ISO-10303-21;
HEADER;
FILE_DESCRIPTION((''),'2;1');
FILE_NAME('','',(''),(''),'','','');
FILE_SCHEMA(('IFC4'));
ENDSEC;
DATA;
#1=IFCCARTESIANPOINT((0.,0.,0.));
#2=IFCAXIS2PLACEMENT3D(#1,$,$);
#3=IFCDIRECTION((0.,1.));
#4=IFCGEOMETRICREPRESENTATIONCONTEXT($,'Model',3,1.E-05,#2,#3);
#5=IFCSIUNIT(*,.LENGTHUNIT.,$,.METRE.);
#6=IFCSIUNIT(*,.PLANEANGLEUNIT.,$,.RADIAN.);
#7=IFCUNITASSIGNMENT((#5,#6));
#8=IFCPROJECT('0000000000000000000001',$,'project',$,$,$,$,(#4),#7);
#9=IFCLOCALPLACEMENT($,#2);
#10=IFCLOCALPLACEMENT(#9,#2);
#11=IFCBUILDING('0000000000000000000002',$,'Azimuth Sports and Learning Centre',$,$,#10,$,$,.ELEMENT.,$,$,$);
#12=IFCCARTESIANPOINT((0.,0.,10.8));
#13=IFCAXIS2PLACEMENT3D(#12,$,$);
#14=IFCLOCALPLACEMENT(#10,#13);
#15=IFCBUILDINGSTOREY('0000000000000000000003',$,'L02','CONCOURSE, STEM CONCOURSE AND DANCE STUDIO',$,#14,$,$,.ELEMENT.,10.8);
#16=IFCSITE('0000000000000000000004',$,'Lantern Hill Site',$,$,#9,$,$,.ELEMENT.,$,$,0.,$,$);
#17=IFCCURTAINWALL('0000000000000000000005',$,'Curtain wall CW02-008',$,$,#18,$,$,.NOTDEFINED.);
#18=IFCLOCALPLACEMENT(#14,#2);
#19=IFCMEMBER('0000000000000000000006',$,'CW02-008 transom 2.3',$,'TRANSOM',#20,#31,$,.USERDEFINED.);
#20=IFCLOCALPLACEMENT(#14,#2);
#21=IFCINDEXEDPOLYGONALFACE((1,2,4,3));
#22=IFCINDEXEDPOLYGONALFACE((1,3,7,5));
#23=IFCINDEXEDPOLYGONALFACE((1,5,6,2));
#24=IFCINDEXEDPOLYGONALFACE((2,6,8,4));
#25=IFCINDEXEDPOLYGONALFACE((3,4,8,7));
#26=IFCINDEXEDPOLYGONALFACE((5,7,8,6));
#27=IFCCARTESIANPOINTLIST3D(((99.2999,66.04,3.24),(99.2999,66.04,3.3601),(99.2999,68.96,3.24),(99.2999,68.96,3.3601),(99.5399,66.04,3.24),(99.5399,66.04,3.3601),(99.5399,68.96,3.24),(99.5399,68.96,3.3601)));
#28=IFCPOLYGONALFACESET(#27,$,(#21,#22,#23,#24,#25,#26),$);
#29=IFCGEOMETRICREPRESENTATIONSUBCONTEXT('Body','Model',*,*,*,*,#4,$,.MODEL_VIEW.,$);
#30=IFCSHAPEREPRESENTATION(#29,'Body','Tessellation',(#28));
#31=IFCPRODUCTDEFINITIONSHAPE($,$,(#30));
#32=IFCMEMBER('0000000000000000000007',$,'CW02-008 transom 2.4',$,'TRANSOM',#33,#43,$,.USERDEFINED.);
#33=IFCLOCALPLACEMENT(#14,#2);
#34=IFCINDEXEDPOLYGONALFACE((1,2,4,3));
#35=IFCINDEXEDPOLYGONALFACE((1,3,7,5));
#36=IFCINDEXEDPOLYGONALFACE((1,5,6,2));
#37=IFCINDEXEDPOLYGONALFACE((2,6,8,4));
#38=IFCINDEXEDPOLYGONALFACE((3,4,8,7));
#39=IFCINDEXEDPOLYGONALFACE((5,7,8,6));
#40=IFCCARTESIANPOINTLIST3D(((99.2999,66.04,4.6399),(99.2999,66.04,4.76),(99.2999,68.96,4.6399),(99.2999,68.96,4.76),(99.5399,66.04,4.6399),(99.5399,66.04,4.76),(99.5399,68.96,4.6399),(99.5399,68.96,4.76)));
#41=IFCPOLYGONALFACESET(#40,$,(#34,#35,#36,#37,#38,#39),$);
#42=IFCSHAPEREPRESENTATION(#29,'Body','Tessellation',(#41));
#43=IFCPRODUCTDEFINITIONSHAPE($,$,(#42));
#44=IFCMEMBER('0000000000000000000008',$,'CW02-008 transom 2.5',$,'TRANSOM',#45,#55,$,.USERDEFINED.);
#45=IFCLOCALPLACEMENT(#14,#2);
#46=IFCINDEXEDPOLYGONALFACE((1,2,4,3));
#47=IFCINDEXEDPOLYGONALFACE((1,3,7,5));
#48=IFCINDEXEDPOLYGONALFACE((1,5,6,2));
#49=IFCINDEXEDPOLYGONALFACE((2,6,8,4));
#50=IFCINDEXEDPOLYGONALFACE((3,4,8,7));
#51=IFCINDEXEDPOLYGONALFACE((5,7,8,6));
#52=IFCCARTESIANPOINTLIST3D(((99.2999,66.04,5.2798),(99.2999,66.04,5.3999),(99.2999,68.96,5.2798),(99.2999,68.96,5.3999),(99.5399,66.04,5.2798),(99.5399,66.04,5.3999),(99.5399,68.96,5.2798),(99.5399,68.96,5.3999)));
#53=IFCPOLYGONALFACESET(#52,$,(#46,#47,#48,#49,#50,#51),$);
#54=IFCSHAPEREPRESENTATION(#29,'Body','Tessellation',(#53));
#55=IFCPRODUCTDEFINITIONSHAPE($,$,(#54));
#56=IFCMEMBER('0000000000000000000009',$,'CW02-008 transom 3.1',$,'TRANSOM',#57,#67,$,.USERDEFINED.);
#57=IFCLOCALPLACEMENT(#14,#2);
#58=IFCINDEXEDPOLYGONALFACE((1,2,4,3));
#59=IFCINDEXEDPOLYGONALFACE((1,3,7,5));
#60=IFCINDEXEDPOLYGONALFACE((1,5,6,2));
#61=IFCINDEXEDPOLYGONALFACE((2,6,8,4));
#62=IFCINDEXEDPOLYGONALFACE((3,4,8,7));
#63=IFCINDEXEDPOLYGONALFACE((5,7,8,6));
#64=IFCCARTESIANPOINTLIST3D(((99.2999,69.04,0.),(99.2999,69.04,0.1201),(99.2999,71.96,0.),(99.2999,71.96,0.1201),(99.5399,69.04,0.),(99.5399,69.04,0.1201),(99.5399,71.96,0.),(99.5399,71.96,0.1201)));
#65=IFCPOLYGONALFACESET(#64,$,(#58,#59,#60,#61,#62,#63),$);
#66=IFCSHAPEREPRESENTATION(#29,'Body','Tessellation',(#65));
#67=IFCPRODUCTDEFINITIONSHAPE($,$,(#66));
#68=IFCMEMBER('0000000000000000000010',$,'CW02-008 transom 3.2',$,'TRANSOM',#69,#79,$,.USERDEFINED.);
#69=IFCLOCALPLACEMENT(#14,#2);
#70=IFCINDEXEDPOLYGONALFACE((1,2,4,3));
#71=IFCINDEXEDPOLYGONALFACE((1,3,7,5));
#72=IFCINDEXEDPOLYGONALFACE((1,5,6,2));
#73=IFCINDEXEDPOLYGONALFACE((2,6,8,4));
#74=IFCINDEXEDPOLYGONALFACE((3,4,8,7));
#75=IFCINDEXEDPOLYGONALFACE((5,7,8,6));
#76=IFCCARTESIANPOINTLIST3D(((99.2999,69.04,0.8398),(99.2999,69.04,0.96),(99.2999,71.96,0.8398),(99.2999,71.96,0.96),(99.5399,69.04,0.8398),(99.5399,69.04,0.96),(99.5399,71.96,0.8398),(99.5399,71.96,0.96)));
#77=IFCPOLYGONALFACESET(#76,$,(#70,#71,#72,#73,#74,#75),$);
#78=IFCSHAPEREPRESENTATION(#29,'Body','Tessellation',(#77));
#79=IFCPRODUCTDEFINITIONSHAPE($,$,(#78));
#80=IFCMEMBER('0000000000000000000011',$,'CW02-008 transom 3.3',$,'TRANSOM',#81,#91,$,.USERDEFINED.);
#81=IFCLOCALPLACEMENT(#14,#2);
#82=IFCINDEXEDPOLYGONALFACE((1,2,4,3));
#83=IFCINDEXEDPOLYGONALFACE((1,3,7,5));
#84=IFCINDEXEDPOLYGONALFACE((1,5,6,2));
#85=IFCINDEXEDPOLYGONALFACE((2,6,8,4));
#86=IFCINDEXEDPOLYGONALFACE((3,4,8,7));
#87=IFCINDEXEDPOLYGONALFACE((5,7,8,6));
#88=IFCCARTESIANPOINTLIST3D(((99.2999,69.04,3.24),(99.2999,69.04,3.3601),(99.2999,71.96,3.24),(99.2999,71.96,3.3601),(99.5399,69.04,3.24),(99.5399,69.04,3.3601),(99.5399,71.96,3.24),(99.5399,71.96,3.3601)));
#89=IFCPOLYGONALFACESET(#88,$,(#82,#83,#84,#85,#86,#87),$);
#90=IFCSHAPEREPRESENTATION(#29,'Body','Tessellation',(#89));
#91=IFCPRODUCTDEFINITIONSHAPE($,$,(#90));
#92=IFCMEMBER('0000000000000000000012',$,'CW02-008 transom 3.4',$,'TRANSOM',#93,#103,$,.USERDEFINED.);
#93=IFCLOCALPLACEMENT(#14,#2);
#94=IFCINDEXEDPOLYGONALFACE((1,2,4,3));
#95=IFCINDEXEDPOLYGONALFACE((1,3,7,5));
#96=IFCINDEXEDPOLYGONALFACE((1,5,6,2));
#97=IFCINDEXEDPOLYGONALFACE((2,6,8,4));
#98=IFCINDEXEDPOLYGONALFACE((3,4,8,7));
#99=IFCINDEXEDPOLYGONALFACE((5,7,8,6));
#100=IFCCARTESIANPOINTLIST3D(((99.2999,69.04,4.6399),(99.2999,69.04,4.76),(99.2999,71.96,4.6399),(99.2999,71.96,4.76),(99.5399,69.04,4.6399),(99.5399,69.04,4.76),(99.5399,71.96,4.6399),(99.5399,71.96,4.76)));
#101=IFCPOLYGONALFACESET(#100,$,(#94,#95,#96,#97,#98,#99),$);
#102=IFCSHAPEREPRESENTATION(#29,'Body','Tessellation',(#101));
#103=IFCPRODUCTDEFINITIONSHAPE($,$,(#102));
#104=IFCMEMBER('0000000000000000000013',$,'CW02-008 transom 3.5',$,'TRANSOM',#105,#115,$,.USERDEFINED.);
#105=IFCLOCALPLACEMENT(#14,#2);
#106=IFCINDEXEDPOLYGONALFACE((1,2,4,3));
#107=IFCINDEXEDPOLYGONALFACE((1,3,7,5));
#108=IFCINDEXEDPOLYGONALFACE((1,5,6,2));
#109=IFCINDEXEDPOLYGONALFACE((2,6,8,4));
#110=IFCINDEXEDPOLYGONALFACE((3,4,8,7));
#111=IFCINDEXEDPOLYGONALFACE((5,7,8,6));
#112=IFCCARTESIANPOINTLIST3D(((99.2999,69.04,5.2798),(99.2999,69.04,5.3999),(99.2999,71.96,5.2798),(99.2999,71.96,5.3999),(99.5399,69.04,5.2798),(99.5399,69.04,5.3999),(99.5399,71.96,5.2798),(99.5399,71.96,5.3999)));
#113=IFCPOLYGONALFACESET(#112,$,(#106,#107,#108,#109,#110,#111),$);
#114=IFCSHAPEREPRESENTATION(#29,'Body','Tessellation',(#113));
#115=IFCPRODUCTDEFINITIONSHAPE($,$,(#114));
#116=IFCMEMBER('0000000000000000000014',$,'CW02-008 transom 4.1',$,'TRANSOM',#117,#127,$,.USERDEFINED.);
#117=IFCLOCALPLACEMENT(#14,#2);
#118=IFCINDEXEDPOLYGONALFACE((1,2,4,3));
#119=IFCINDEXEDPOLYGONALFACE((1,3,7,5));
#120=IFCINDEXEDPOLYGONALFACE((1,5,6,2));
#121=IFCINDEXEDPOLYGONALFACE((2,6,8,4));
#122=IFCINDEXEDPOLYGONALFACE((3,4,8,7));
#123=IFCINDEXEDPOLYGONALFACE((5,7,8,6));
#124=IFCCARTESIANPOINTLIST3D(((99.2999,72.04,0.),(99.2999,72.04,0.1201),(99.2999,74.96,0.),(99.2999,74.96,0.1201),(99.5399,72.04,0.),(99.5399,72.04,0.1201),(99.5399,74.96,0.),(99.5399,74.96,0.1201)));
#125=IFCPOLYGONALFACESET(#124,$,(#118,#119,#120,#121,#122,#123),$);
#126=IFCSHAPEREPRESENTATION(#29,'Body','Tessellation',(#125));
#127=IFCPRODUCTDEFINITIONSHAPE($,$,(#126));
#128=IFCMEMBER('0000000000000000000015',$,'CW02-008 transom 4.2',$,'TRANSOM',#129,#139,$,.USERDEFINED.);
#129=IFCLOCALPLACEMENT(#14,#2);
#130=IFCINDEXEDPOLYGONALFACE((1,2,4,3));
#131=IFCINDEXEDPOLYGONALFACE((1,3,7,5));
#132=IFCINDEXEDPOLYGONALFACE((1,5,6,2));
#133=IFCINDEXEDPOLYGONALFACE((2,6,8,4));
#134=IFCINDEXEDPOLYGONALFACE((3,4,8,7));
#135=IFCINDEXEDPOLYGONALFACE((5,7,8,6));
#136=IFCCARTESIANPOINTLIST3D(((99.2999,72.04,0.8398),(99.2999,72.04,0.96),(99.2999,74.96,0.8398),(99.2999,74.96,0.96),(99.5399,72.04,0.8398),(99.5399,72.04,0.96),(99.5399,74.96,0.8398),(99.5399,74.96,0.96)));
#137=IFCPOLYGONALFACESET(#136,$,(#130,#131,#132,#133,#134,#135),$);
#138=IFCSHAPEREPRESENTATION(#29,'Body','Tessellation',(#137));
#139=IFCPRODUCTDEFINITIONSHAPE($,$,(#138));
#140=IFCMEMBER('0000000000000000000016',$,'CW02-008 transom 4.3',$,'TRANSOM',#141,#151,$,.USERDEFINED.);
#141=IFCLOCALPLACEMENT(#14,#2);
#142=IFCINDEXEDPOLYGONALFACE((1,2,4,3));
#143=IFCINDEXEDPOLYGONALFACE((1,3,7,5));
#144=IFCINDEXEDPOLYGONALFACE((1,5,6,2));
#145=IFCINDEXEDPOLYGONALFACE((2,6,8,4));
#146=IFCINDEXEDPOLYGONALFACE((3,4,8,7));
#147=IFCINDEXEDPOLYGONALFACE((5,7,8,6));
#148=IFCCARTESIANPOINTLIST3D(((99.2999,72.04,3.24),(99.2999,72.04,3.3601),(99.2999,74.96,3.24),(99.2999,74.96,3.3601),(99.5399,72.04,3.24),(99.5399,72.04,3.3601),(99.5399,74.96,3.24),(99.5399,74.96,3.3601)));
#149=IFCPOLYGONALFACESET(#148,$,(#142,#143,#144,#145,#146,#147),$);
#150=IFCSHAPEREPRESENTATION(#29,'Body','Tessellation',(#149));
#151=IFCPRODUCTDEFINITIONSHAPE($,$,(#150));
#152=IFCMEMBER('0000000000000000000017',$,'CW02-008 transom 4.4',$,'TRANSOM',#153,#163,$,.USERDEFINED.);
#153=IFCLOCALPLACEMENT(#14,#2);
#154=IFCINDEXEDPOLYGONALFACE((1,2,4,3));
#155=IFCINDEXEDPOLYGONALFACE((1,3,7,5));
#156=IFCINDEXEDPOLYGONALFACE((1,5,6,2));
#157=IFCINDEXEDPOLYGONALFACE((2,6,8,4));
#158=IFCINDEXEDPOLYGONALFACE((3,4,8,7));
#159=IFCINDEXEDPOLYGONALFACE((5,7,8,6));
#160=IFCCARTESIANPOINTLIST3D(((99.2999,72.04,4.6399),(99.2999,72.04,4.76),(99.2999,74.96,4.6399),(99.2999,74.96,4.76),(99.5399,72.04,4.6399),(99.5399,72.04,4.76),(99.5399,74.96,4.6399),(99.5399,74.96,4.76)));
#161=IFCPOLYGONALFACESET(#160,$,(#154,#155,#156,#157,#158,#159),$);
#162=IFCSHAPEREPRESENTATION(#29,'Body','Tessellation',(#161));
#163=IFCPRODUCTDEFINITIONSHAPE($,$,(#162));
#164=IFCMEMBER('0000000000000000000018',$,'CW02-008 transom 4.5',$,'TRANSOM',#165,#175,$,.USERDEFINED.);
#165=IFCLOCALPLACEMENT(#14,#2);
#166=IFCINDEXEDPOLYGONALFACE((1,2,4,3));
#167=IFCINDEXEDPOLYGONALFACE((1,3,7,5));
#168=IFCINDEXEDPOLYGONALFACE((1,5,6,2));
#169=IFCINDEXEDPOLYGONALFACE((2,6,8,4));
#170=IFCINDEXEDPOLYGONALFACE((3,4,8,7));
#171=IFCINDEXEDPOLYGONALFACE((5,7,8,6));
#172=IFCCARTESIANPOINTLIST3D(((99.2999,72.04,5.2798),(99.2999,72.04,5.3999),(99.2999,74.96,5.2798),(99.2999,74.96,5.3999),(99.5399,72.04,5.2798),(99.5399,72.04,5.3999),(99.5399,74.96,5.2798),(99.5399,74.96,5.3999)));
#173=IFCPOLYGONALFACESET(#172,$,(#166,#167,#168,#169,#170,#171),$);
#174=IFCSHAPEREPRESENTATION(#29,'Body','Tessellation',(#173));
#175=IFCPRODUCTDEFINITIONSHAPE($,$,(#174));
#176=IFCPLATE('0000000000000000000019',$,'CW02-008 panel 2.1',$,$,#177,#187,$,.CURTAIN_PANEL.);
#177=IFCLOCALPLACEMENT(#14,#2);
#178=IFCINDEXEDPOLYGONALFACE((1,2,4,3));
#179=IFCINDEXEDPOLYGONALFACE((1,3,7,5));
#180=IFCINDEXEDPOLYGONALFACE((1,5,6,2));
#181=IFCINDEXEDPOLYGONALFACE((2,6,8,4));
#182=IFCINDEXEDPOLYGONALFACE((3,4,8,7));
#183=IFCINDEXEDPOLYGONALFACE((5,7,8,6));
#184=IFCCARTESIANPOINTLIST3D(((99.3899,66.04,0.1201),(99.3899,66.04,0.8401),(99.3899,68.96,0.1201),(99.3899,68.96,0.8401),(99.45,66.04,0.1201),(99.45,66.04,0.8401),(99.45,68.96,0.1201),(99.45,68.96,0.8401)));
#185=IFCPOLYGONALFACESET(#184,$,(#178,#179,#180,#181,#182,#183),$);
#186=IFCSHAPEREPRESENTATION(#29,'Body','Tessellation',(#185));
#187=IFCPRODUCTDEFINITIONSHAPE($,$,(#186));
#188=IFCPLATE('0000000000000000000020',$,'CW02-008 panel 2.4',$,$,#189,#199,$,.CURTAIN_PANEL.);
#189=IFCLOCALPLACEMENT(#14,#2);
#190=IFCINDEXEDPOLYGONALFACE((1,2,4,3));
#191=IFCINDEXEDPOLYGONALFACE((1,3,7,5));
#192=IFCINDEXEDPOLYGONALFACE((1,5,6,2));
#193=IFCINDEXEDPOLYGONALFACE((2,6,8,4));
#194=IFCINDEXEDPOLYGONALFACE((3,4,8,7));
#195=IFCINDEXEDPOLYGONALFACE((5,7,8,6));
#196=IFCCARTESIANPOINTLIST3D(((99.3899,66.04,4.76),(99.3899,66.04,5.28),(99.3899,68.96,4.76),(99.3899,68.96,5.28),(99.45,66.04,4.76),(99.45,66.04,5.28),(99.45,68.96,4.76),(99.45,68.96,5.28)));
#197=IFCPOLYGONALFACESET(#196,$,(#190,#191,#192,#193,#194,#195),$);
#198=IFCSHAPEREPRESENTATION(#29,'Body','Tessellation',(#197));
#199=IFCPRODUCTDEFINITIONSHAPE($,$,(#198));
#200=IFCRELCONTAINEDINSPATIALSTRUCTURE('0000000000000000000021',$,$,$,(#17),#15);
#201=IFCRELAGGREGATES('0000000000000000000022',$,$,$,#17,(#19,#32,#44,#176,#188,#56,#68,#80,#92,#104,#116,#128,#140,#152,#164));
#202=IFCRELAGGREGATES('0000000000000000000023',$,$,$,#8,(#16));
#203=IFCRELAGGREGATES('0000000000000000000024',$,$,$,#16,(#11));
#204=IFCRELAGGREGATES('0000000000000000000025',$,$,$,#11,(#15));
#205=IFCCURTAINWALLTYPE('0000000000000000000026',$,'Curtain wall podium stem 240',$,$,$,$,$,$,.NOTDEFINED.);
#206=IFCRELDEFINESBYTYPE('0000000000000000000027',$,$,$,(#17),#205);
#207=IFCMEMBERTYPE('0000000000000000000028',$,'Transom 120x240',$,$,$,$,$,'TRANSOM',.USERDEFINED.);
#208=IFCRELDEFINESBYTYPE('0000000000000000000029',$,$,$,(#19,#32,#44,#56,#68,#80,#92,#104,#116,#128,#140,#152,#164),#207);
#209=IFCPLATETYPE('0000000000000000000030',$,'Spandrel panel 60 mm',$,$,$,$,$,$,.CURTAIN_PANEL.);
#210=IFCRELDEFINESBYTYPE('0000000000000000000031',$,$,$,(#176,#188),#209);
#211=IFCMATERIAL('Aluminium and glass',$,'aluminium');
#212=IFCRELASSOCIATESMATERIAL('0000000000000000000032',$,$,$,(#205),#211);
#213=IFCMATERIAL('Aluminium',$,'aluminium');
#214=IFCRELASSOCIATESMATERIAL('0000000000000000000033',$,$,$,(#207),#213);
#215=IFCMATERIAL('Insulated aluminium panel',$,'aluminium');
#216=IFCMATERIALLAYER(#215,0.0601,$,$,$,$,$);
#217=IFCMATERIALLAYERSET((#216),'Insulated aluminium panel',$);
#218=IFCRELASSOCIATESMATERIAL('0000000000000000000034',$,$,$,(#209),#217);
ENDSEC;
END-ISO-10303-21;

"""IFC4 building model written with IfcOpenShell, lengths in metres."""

from ifc_helpers import new_model, si_unit, direction, frame, origin, origin_2d, place, context, subcontext, project, spatial, rectangle, extrude, material, layer, layer_set, material_profile, profile_set, type_object, element, aggregate, save


model = new_model("IFC4")

# Units and contexts
model_context = context("Model", 3, precision=1e-05, world=origin(), true_north=direction((0.0, 1.0)))
body_context = subcontext(model_context, "Body", "Model", "MODEL_VIEW")
ifc_project = project(units=[si_unit("LENGTHUNIT", "METRE"), si_unit("PLANEANGLEUNIT", "RADIAN")], contexts=[model_context])

# Site, building, storey
site_placement = place(None, origin())
site = spatial("IfcSite", under=ifc_project, at=site_placement, Name="Lantern Hill Site", CompositionType="ELEMENT", RefElevation=0.0)
building_placement = place(site_placement, origin())
building = spatial("IfcBuilding", under=site, at=building_placement, Name="Azimuth Sports and Learning Centre", CompositionType="ELEMENT")
storey_placement = place(building_placement, frame((0.0, 0.0, 10.8)))
storey = spatial("IfcBuildingStorey", under=building, at=storey_placement, Name="L02", Description="CONCOURSE, STEM CONCOURSE AND DANCE STUDIO", CompositionType="ELEMENT", Elevation=10.8)

# Curtain wall, members, plates
ifc_material_1 = material(Name="Aluminium and glass", Category="aluminium")
curtain_wall_type = type_object("IfcCurtainWallType", Name="Curtain wall podium stem 240", PredefinedType="NOTDEFINED", material=ifc_material_1)
curtain_wall_placement = place(storey_placement, origin())
curtain_wall = element("IfcCurtainWall", 1, at=curtain_wall_placement, inside=storey, type_object=curtain_wall_type, Name="Curtain wall CW02-008", PredefinedType="NOTDEFINED")
ifc_material_2 = material(Name="Aluminium", Category="aluminium")
ifc_material_profile_1 = material_profile(ifc_material_2, rectangle(XDim=0.24, YDim=0.1201, at=origin_2d()), Name="Transom 120x240")
ifc_profile_set_1 = profile_set([ifc_material_profile_1], Name="Aluminium")
member_type_1 = type_object("IfcMemberType", Name="Transom 120x240", ElementType="TRANSOM", PredefinedType="USERDEFINED", material=ifc_profile_set_1)
member_1_placement = place(storey_placement, frame((99.4199, 66.04, 3.3), z_axis=(0.0, 1.0, 0.0), x_axis=(-1.0, 0.0, 0.0)))
member_1 = element("IfcMember", 2, at=member_1_placement, type_object=member_type_1, Name="CW02-008 transom 2.3", ObjectType="TRANSOM", PredefinedType="USERDEFINED", context=body_context, shape_type="SweptSolid", body=[
    extrude(rectangle(XDim=0.24, YDim=0.1201, at=origin_2d()), origin(), (0.0, 0.0, 1.0), 2.9199),
])
member_2_placement = place(storey_placement, frame((99.4199, 66.04, 4.7), z_axis=(0.0, 1.0, 0.0), x_axis=(-1.0, 0.0, 0.0)))
member_2 = element("IfcMember", 3, at=member_2_placement, type_object=member_type_1, Name="CW02-008 transom 2.4", ObjectType="TRANSOM", PredefinedType="USERDEFINED", context=body_context, shape_type="SweptSolid", body=[
    extrude(rectangle(XDim=0.24, YDim=0.1201, at=origin_2d()), origin(), (0.0, 0.0, 1.0), 2.9199),
])
member_3_placement = place(storey_placement, frame((99.4199, 66.04, 5.3398), z_axis=(0.0, 1.0, 0.0), x_axis=(-1.0, 0.0, 0.0)))
member_3 = element("IfcMember", 4, at=member_3_placement, type_object=member_type_1, Name="CW02-008 transom 2.5", ObjectType="TRANSOM", PredefinedType="USERDEFINED", context=body_context, shape_type="SweptSolid", body=[
    extrude(rectangle(XDim=0.24, YDim=0.1201, at=origin_2d()), origin(), (0.0, 0.0, 1.0), 2.9199),
])
member_4_placement = place(storey_placement, frame((99.4199, 69.04, 0.0601), z_axis=(0.0, 1.0, 0.0), x_axis=(-1.0, 0.0, 0.0)))
member_4 = element("IfcMember", 5, at=member_4_placement, type_object=member_type_1, Name="CW02-008 transom 3.1", ObjectType="TRANSOM", PredefinedType="USERDEFINED", context=body_context, shape_type="SweptSolid", body=[
    extrude(rectangle(XDim=0.24, YDim=0.1201, at=origin_2d()), origin(), (0.0, 0.0, 1.0), 2.9199),
])
member_5_placement = place(storey_placement, frame((99.4199, 69.04, 0.8999), z_axis=(0.0, 1.0, 0.0), x_axis=(-1.0, 0.0, 0.0)))
member_5 = element("IfcMember", 6, at=member_5_placement, type_object=member_type_1, Name="CW02-008 transom 3.2", ObjectType="TRANSOM", PredefinedType="USERDEFINED", context=body_context, shape_type="SweptSolid", body=[
    extrude(rectangle(XDim=0.24, YDim=0.1201, at=origin_2d()), origin(), (0.0, 0.0, 1.0), 2.9199),
])
member_6_placement = place(storey_placement, frame((99.4199, 69.04, 3.3), z_axis=(0.0, 1.0, 0.0), x_axis=(-1.0, 0.0, 0.0)))
member_6 = element("IfcMember", 7, at=member_6_placement, type_object=member_type_1, Name="CW02-008 transom 3.3", ObjectType="TRANSOM", PredefinedType="USERDEFINED", context=body_context, shape_type="SweptSolid", body=[
    extrude(rectangle(XDim=0.24, YDim=0.1201, at=origin_2d()), origin(), (0.0, 0.0, 1.0), 2.9199),
])
member_7_placement = place(storey_placement, frame((99.4199, 69.04, 4.7), z_axis=(0.0, 1.0, 0.0), x_axis=(-1.0, 0.0, 0.0)))
member_7 = element("IfcMember", 8, at=member_7_placement, type_object=member_type_1, Name="CW02-008 transom 3.4", ObjectType="TRANSOM", PredefinedType="USERDEFINED", context=body_context, shape_type="SweptSolid", body=[
    extrude(rectangle(XDim=0.24, YDim=0.1201, at=origin_2d()), origin(), (0.0, 0.0, 1.0), 2.9199),
])
member_8_placement = place(storey_placement, frame((99.4199, 69.04, 5.3398), z_axis=(0.0, 1.0, 0.0), x_axis=(-1.0, 0.0, 0.0)))
member_8 = element("IfcMember", 9, at=member_8_placement, type_object=member_type_1, Name="CW02-008 transom 3.5", ObjectType="TRANSOM", PredefinedType="USERDEFINED", context=body_context, shape_type="SweptSolid", body=[
    extrude(rectangle(XDim=0.24, YDim=0.1201, at=origin_2d()), origin(), (0.0, 0.0, 1.0), 2.9199),
])
member_9_placement = place(storey_placement, frame((99.4199, 72.04, 0.0601), z_axis=(0.0, 1.0, 0.0), x_axis=(-1.0, 0.0, 0.0)))
member_9 = element("IfcMember", 10, at=member_9_placement, type_object=member_type_1, Name="CW02-008 transom 4.1", ObjectType="TRANSOM", PredefinedType="USERDEFINED", context=body_context, shape_type="SweptSolid", body=[
    extrude(rectangle(XDim=0.24, YDim=0.1201, at=origin_2d()), origin(), (0.0, 0.0, 1.0), 2.9199),
])
member_10_placement = place(storey_placement, frame((99.4199, 72.04, 0.8999), z_axis=(0.0, 1.0, 0.0), x_axis=(-1.0, 0.0, 0.0)))
member_10 = element("IfcMember", 11, at=member_10_placement, type_object=member_type_1, Name="CW02-008 transom 4.2", ObjectType="TRANSOM", PredefinedType="USERDEFINED", context=body_context, shape_type="SweptSolid", body=[
    extrude(rectangle(XDim=0.24, YDim=0.1201, at=origin_2d()), origin(), (0.0, 0.0, 1.0), 2.9199),
])
member_11_placement = place(storey_placement, frame((99.4199, 72.04, 3.3), z_axis=(0.0, 1.0, 0.0), x_axis=(-1.0, 0.0, 0.0)))
member_11 = element("IfcMember", 12, at=member_11_placement, type_object=member_type_1, Name="CW02-008 transom 4.3", ObjectType="TRANSOM", PredefinedType="USERDEFINED", context=body_context, shape_type="SweptSolid", body=[
    extrude(rectangle(XDim=0.24, YDim=0.1201, at=origin_2d()), origin(), (0.0, 0.0, 1.0), 2.9199),
])
member_12_placement = place(storey_placement, frame((99.4199, 72.04, 4.7), z_axis=(0.0, 1.0, 0.0), x_axis=(-1.0, 0.0, 0.0)))
member_12 = element("IfcMember", 13, at=member_12_placement, type_object=member_type_1, Name="CW02-008 transom 4.4", ObjectType="TRANSOM", PredefinedType="USERDEFINED", context=body_context, shape_type="SweptSolid", body=[
    extrude(rectangle(XDim=0.24, YDim=0.1201, at=origin_2d()), origin(), (0.0, 0.0, 1.0), 2.9199),
])
member_13_placement = place(storey_placement, frame((99.4199, 72.04, 5.3398), z_axis=(0.0, 1.0, 0.0), x_axis=(-1.0, 0.0, 0.0)))
member_13 = element("IfcMember", 14, at=member_13_placement, type_object=member_type_1, Name="CW02-008 transom 4.5", ObjectType="TRANSOM", PredefinedType="USERDEFINED", context=body_context, shape_type="SweptSolid", body=[
    extrude(rectangle(XDim=0.24, YDim=0.1201, at=origin_2d()), origin(), (0.0, 0.0, 1.0), 2.9199),
])
ifc_material_3 = material(Name="Insulated aluminium panel", Category="aluminium")
ifc_layer_1 = layer(ifc_material_3, 0.0601)
ifc_layer_set_1 = layer_set([ifc_layer_1], Name="Insulated aluminium panel")
plate_type_1 = type_object("IfcPlateType", Name="Spandrel panel 60 mm", PredefinedType="CURTAIN_PANEL", material=ifc_layer_set_1)
plate_1_placement = place(storey_placement, frame((99.4199, 67.5, 0.1201), z_axis=(0.0, 0.0, 1.0), x_axis=(0.0, 1.0, 0.0)))
plate_1 = element("IfcPlate", 15, at=plate_1_placement, type_object=plate_type_1, Name="CW02-008 panel 2.1", PredefinedType="CURTAIN_PANEL", context=body_context, shape_type="SweptSolid", body=[
    extrude(rectangle(XDim=2.9199, YDim=0.0601, at=origin_2d()), origin(), (0.0, 0.0, 1.0), 0.72),
])
plate_2_placement = place(storey_placement, frame((99.4199, 67.5, 4.76), z_axis=(0.0, 0.0, 1.0), x_axis=(0.0, 1.0, 0.0)))
plate_2 = element("IfcPlate", 16, at=plate_2_placement, type_object=plate_type_1, Name="CW02-008 panel 2.4", PredefinedType="CURTAIN_PANEL", context=body_context, shape_type="SweptSolid", body=[
    extrude(rectangle(XDim=2.9199, YDim=0.0601, at=origin_2d()), origin(), (0.0, 0.0, 1.0), 0.52),
])
aggregate(curtain_wall, [member_1, member_2, member_3, plate_1, plate_2, member_4, member_5, member_6, member_7, member_8, member_9, member_10, member_11, member_12, member_13])

save(model, "model.ifc")
